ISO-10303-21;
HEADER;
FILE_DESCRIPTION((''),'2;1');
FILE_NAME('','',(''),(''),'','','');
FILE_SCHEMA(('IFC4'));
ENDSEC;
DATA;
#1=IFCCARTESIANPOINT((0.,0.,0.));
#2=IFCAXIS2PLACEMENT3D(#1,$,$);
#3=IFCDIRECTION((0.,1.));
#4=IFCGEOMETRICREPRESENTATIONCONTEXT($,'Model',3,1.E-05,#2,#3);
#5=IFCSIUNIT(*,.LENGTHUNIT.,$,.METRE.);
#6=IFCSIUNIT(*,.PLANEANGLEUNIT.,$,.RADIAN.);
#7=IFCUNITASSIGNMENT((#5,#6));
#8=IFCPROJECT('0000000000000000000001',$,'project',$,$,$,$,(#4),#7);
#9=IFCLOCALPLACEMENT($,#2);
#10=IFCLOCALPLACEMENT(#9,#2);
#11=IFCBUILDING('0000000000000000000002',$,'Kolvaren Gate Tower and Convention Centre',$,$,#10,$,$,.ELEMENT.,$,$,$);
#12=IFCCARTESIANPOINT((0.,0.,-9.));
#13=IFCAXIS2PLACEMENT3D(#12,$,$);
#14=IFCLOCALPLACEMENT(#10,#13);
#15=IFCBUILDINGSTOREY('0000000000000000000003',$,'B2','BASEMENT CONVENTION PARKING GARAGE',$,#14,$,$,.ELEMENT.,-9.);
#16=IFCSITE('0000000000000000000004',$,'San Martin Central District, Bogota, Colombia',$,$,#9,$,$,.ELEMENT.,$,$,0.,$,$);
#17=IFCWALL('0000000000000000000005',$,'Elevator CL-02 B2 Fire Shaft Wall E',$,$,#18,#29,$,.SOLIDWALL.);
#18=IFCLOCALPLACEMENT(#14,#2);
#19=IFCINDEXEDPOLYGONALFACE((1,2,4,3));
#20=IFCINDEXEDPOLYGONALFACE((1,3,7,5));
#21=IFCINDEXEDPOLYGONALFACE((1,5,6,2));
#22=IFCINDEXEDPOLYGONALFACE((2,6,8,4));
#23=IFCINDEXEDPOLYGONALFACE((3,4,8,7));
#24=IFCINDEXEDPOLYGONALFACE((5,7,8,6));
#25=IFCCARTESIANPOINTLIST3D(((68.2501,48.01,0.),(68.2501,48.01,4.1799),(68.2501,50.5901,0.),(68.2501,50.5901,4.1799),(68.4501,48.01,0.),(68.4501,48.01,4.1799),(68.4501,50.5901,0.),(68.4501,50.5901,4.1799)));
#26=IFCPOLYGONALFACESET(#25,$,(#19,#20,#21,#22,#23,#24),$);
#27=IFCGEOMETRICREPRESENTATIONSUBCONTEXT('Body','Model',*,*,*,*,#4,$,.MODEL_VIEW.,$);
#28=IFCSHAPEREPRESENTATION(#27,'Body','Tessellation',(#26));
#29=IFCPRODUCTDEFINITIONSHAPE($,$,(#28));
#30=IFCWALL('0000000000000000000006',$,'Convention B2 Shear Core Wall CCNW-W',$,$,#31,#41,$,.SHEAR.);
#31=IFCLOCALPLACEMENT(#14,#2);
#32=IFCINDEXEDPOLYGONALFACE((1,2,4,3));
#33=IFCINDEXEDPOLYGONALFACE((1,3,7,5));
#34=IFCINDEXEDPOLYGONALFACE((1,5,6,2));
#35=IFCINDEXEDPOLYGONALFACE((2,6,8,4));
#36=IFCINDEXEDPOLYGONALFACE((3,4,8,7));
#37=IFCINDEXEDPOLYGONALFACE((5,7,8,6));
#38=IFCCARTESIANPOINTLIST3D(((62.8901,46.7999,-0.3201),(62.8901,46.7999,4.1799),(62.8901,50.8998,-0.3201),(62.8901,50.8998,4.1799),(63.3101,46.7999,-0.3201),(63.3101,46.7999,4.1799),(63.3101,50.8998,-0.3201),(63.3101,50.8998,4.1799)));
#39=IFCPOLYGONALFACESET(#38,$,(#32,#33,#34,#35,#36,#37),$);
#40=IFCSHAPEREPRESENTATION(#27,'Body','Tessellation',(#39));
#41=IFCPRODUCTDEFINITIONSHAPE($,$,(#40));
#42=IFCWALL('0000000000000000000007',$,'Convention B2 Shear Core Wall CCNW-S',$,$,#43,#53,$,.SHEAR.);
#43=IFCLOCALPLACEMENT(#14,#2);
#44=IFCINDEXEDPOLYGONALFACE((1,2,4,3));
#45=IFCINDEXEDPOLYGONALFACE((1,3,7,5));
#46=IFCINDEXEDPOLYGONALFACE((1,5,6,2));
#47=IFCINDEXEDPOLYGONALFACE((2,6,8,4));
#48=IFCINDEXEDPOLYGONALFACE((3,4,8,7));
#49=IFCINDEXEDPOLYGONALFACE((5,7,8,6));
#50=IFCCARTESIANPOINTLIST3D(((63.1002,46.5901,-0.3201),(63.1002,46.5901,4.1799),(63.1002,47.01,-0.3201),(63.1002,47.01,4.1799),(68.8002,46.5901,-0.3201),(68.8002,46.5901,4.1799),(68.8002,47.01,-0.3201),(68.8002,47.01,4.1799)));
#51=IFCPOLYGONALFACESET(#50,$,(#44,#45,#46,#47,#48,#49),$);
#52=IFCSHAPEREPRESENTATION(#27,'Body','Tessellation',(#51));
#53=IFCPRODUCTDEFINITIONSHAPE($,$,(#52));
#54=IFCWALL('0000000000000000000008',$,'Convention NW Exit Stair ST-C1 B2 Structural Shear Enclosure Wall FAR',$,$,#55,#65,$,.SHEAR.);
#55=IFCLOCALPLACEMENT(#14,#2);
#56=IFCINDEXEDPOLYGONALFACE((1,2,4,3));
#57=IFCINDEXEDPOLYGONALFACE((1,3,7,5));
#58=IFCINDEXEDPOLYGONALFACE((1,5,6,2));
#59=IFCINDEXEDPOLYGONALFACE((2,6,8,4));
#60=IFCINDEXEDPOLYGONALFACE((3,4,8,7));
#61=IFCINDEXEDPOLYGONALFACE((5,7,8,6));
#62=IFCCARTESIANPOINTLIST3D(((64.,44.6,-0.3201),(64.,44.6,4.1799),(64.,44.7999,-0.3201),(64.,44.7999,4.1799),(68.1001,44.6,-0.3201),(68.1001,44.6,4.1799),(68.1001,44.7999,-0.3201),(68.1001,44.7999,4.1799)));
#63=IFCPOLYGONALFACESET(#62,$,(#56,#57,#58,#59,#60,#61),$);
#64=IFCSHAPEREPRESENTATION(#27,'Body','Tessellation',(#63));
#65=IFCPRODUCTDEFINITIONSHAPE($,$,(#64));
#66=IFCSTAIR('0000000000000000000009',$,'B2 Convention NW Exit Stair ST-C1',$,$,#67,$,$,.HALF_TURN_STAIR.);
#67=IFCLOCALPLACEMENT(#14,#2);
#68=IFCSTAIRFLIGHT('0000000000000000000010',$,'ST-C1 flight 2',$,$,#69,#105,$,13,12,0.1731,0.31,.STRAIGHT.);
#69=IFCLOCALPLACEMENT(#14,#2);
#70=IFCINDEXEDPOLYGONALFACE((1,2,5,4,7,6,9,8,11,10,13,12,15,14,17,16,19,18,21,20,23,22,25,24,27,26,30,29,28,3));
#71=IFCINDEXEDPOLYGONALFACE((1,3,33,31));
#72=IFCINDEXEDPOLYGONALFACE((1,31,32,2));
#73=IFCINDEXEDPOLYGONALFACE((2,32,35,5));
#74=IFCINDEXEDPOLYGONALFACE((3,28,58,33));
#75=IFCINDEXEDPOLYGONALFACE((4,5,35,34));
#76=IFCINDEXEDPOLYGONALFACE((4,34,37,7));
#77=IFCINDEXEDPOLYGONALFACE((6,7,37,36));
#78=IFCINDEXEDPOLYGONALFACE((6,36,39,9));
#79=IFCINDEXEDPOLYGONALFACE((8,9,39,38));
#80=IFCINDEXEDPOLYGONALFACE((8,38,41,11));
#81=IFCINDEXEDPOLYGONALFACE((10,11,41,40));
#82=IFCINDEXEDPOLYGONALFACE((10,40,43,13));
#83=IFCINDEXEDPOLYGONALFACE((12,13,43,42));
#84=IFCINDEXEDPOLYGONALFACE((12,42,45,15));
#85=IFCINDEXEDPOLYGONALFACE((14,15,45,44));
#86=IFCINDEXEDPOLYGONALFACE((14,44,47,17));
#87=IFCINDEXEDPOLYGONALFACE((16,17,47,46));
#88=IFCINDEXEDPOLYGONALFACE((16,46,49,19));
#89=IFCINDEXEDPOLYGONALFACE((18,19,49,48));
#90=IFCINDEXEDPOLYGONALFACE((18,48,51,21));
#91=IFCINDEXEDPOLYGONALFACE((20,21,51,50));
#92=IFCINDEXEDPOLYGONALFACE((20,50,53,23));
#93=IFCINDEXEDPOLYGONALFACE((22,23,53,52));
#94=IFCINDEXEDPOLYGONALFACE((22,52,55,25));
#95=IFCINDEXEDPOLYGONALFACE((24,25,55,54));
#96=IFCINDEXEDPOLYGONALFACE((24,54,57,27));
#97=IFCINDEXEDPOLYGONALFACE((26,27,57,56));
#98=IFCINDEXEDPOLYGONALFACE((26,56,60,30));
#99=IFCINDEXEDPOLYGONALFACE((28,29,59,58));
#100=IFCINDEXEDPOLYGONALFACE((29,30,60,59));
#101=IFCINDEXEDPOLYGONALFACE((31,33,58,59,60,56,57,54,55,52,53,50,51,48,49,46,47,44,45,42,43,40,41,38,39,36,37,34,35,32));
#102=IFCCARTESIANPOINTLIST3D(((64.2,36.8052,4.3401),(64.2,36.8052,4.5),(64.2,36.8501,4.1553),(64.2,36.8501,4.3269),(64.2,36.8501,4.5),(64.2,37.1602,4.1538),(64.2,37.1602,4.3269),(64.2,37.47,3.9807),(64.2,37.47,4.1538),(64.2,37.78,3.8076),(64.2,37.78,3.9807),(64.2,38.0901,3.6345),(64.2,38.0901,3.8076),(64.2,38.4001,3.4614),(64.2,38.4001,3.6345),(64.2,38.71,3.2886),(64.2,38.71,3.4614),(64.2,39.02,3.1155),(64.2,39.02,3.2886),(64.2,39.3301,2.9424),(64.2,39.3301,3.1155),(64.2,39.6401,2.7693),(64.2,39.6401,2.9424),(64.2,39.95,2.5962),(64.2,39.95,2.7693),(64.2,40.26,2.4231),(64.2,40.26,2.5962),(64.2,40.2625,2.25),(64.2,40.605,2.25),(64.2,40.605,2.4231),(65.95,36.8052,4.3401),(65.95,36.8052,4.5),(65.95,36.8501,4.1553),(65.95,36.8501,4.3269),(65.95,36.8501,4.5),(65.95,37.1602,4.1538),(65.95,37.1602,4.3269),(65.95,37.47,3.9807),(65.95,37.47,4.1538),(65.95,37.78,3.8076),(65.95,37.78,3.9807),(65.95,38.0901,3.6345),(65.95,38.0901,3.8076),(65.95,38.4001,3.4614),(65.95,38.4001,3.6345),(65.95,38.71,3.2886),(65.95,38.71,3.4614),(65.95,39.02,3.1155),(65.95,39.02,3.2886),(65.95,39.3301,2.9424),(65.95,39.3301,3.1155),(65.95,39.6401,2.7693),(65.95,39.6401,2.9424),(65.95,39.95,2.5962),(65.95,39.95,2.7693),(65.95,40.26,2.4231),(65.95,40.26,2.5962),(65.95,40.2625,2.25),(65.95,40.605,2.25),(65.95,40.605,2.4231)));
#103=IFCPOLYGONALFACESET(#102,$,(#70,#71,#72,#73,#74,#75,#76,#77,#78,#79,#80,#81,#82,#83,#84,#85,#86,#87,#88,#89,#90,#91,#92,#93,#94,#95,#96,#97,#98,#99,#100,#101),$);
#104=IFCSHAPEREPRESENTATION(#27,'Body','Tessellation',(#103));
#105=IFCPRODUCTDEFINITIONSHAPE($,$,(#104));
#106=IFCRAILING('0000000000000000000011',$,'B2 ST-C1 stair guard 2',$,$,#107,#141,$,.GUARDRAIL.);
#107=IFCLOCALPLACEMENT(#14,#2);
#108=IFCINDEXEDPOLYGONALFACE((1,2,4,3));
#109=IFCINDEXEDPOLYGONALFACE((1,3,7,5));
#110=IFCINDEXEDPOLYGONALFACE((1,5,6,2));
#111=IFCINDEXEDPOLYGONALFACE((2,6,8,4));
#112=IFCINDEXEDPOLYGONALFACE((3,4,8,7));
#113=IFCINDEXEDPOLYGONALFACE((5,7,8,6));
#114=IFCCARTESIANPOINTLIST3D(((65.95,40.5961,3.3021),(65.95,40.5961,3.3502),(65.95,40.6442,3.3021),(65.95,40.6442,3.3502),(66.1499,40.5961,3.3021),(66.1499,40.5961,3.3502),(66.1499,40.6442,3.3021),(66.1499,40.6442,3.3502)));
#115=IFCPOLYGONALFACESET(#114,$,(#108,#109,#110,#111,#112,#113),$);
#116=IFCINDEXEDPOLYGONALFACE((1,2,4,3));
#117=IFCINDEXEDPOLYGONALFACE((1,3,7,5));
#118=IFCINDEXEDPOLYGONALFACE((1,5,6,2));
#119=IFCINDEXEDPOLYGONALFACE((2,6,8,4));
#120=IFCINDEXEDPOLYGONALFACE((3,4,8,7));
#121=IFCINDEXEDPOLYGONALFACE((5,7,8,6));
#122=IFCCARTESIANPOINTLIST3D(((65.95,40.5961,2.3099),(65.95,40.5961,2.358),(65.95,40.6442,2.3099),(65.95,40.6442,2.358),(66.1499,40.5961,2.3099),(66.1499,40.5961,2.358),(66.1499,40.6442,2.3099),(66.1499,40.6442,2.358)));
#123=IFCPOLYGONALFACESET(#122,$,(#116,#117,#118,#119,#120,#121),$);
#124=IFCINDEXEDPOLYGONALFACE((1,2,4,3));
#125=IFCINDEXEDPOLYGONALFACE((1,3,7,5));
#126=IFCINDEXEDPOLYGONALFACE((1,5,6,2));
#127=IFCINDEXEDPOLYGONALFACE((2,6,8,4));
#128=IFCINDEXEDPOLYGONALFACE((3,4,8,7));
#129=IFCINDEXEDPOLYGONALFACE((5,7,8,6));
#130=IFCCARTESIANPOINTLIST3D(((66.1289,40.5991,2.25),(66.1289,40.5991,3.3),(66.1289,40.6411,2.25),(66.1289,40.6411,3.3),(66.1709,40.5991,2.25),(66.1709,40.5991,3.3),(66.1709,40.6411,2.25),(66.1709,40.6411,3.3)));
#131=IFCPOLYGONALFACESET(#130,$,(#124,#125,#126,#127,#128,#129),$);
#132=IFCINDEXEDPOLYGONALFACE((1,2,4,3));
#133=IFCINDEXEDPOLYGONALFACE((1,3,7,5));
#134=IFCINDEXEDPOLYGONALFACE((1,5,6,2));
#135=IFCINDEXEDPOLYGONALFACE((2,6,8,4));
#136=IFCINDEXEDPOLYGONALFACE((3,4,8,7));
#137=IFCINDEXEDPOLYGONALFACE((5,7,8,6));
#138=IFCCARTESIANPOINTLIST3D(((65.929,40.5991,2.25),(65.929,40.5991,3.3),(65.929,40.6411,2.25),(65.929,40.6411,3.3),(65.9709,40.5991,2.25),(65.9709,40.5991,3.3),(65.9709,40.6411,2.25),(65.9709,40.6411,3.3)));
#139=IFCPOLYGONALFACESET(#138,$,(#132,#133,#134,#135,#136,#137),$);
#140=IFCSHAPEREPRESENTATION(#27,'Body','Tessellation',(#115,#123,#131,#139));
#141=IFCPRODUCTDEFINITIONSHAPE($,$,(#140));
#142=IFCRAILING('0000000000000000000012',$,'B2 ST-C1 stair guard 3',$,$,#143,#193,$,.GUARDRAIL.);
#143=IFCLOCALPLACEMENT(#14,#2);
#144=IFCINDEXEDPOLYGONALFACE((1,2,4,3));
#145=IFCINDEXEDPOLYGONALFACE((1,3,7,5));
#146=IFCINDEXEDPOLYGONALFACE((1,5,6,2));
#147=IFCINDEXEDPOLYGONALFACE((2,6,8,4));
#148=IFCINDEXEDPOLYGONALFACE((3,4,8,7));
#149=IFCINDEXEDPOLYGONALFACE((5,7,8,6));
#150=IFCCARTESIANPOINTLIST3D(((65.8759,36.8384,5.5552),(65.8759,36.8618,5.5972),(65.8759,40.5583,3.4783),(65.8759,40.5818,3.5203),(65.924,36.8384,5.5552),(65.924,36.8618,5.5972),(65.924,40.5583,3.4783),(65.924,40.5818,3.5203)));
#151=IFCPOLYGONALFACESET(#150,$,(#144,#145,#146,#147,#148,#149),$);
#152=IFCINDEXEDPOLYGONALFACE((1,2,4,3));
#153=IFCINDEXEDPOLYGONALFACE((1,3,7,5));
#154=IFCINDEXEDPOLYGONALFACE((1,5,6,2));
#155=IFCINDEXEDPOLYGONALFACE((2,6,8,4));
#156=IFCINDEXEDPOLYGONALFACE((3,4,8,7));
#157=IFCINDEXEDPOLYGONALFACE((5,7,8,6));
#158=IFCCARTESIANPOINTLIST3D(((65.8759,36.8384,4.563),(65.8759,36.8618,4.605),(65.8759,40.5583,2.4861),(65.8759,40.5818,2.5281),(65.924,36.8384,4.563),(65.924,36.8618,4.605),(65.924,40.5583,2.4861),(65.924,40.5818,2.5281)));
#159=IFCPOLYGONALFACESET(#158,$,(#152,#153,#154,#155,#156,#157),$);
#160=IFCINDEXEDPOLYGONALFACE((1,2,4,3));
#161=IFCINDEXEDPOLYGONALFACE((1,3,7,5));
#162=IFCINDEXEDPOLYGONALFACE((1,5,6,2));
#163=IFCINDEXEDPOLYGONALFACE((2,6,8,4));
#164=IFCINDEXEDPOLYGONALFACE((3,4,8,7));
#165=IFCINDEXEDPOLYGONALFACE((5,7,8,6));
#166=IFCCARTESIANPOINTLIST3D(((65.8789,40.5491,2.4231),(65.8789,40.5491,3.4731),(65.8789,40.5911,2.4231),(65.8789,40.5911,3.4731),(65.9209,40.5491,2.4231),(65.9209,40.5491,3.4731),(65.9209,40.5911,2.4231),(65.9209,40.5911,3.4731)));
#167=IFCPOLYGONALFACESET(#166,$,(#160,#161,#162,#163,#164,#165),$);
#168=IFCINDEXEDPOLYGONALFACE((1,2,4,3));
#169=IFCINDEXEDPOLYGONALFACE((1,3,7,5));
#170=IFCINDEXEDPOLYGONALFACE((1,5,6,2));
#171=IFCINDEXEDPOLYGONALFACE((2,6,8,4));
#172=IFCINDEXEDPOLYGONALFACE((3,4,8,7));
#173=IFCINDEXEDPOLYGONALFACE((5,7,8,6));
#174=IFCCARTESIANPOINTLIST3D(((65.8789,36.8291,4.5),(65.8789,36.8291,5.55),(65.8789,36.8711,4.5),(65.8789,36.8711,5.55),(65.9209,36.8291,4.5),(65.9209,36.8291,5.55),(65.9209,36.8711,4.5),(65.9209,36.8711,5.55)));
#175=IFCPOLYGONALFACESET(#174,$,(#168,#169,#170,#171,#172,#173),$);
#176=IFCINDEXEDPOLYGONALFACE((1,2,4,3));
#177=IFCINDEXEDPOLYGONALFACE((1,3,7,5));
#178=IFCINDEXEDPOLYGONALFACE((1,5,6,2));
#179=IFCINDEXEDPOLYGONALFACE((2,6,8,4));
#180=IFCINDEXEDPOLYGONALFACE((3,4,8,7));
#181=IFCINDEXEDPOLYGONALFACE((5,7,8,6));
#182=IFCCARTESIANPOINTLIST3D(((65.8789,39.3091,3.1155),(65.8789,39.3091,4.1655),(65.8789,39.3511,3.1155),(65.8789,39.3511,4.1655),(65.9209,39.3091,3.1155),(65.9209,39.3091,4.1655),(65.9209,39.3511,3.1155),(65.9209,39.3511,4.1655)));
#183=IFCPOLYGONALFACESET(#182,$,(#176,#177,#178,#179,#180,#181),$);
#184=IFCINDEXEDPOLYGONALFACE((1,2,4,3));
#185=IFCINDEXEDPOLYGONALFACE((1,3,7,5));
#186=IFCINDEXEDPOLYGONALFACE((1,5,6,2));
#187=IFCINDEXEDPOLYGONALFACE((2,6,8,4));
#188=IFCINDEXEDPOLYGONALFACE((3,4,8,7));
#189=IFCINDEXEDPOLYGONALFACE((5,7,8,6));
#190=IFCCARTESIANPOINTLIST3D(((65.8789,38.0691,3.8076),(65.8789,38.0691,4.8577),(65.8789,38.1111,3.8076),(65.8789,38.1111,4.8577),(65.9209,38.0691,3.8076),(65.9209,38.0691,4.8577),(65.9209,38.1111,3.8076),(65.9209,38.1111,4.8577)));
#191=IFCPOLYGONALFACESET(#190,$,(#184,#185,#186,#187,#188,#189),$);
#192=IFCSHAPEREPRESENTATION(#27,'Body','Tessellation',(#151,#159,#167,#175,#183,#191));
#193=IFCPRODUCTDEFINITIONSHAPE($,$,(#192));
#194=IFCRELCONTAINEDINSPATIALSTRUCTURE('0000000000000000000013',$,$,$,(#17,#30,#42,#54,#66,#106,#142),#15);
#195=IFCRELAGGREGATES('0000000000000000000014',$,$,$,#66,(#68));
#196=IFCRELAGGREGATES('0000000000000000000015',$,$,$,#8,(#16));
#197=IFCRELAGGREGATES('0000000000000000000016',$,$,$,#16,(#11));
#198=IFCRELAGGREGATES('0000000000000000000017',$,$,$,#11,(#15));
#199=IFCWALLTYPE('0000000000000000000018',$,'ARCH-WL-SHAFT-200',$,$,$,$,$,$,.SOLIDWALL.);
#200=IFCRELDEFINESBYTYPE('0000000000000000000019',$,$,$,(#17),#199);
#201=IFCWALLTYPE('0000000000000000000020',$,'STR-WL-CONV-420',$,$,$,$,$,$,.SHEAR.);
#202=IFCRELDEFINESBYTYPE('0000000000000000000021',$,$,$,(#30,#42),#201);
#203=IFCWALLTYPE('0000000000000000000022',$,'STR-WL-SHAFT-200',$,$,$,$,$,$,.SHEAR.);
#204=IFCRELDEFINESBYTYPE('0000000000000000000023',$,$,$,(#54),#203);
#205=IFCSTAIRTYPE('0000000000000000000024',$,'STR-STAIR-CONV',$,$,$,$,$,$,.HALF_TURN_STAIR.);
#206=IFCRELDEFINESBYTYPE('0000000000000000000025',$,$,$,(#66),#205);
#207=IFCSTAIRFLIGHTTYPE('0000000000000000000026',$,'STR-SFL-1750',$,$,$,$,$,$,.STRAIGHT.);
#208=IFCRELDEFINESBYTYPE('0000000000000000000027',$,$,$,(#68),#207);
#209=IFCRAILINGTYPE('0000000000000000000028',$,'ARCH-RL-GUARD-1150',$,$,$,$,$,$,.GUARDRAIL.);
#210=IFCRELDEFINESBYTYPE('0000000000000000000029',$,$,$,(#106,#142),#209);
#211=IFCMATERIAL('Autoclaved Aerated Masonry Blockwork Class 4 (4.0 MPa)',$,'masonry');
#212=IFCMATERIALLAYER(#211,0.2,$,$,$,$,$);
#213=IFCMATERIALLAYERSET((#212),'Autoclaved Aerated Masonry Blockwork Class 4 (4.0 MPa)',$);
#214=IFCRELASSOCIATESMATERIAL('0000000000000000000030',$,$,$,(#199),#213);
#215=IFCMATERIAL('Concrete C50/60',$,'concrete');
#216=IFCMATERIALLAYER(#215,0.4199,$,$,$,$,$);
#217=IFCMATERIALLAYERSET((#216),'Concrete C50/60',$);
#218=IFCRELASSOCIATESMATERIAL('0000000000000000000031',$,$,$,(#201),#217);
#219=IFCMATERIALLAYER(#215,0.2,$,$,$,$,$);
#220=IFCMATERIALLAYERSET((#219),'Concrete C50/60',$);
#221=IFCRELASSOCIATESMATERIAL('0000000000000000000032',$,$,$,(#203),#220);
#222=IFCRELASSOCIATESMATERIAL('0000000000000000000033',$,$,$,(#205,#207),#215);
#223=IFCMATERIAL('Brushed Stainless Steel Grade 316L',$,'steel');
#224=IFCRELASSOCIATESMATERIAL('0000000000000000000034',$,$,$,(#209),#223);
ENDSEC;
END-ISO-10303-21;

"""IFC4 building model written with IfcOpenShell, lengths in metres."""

from ifc_helpers import new_model, si_unit, direction, frame, frame_2d, origin, origin_2d, place, context, subcontext, project, spatial, polyline, rectangle, outline, extrude, material, layer, layer_set, type_object, element, aggregate, save


model = new_model("IFC4")

# Units and contexts
model_context = context("Model", 3, precision=1e-05, world=origin(), true_north=direction((0.0, 1.0)))
body_context = subcontext(model_context, "Body", "Model", "MODEL_VIEW")
ifc_project = project(units=[si_unit("LENGTHUNIT", "METRE"), si_unit("PLANEANGLEUNIT", "RADIAN")], contexts=[model_context])

# Site, building, storey
site_placement = place(None, origin())
site = spatial("IfcSite", under=ifc_project, at=site_placement, Name="San Martin Central District, Bogota, Colombia", CompositionType="ELEMENT", RefElevation=0.0)
building_placement = place(site_placement, origin())
building = spatial("IfcBuilding", under=site, at=building_placement, Name="Kolvaren Gate Tower and Convention Centre", CompositionType="ELEMENT")
storey_placement = place(building_placement, frame((0.0, 0.0, -9.0)))
storey = spatial("IfcBuildingStorey", under=building, at=storey_placement, Name="B2", Description="BASEMENT CONVENTION PARKING GARAGE", CompositionType="ELEMENT", Elevation=-9.0)

# Shared definitions
ifc_material_1 = material(Name="Autoclaved Aerated Masonry Blockwork Class 4 (4.0 MPa)", Category="masonry")
ifc_layer_1 = layer(ifc_material_1, 0.2)
ifc_layer_set_1 = layer_set([ifc_layer_1], Name="Autoclaved Aerated Masonry Blockwork Class 4 (4.0 MPa)")
wall_type_1 = type_object("IfcWallType", Name="ARCH-WL-SHAFT-200", PredefinedType="SOLIDWALL", material=ifc_layer_set_1)

# Shared definitions
ifc_material_2 = material(Name="Brushed Stainless Steel Grade 316L", Category="steel")

# Walls
wall_1_placement = place(storey_placement, frame((68.3501, 48.01, 0.0), z_axis=(0.0, 0.0, 1.0), x_axis=(0.0, 1.0, 0.0)))
element("IfcWall", 1, at=wall_1_placement, inside=storey, type_object=wall_type_1, Name="Elevator CL-02 B2 Fire Shaft Wall E", PredefinedType="SOLIDWALL", context=body_context, shape_type="SweptSolid", body=[
    extrude(rectangle(XDim=2.5801, YDim=0.2, at=frame_2d((1.29, 0.0))), origin(), (0.0, 0.0, 1.0), 4.1799),
])
ifc_material_3 = material(Name="Concrete C50/60", Category="concrete")
ifc_layer_2 = layer(ifc_material_3, 0.4199)
ifc_layer_set_2 = layer_set([ifc_layer_2], Name="Concrete C50/60")
wall_type_2 = type_object("IfcWallType", Name="STR-WL-CONV-420", PredefinedType="SHEAR", material=ifc_layer_set_2)
wall_2_placement = place(storey_placement, frame((63.1001, 46.8, -0.3201), z_axis=(0.0, 0.0, 1.0), x_axis=(0.0, 1.0, 0.0)))
element("IfcWall", 2, at=wall_2_placement, inside=storey, type_object=wall_type_2, Name="Convention B2 Shear Core Wall CCNW-W", PredefinedType="SHEAR", context=body_context, shape_type="SweptSolid", body=[
    extrude(rectangle(XDim=4.0999, YDim=0.4199, at=frame_2d((2.0498, 0.0))), origin(), (0.0, 0.0, 1.0), 4.5),
])
wall_3_placement = place(storey_placement, frame((63.1001, 46.8, -0.3201), z_axis=(0.0, 0.0, 1.0), x_axis=(1.0, 0.0, 0.0)))
element("IfcWall", 3, at=wall_3_placement, inside=storey, type_object=wall_type_2, Name="Convention B2 Shear Core Wall CCNW-S", PredefinedType="SHEAR", context=body_context, shape_type="SweptSolid", body=[
    extrude(rectangle(XDim=5.7, YDim=0.4199, at=frame_2d((2.8501, 0.0))), origin(), (0.0, 0.0, 1.0), 4.5),
])
ifc_layer_3 = layer(ifc_material_3, 0.2)
ifc_layer_set_3 = layer_set([ifc_layer_3], Name="Concrete C50/60")
wall_type_3 = type_object("IfcWallType", Name="STR-WL-SHAFT-200", PredefinedType="SHEAR", material=ifc_layer_set_3)
wall_4_placement = place(storey_placement, frame((64.0, 44.7, -0.3201), z_axis=(0.0, 0.0, 1.0), x_axis=(1.0, 0.0, 0.0)))
element("IfcWall", 4, at=wall_4_placement, inside=storey, type_object=wall_type_3, Name="Convention NW Exit Stair ST-C1 B2 Structural Shear Enclosure Wall FAR", PredefinedType="SHEAR", context=body_context, shape_type="SweptSolid", body=[
    extrude(rectangle(XDim=4.1001, YDim=0.2, at=frame_2d((2.05, 0.0))), origin(), (0.0, 0.0, 1.0), 4.5),
])

# Stair, stair flight
stair_type = type_object("IfcStairType", Name="STR-STAIR-CONV", PredefinedType="HALF_TURN_STAIR", material=ifc_material_3)
stair_placement = place(storey_placement, origin())
stair = element("IfcStair", 5, at=stair_placement, inside=storey, type_object=stair_type, Name="B2 Convention NW Exit Stair ST-C1", PredefinedType="HALF_TURN_STAIR")
stair_flight_type = type_object("IfcStairFlightType", Name="STR-SFL-1750", PredefinedType="STRAIGHT", material=ifc_material_3)
stair_flight_placement = place(storey_placement, frame((65.075, 40.5701, 2.25), z_axis=(0.0, 0.0, 1.0), x_axis=(0.0, -1.0, 0.0)))
stair_flight = element("IfcStairFlight", 6, at=stair_flight_placement, type_object=stair_flight_type, Name="ST-C1 flight 2", NumberOfRisers=13, NumberOfTreads=12, PredefinedType="STRAIGHT", RiserHeight=0.1731, TreadLength=0.31, context=body_context, shape_type="SweptSolid", body=[
    extrude(outline(polyline([(-0.0349, 0.0), (-0.0349, 0.1731), (0.3101, 0.1731), (0.3101, 0.3462), (0.6201, 0.3462), (0.6201, 0.5193), (0.9299, 0.5193), (0.9299, 0.6924), (1.24, 0.6924), (1.24, 0.8655), (1.55, 0.8655), (1.55, 1.0386), (1.8601, 1.0386), (1.8601, 1.2114), (2.1699, 1.2114), (2.1699, 1.3845), (2.48, 1.3845), (2.48, 1.5576), (2.79, 1.5576), (2.79, 1.7307), (3.1001, 1.7307), (3.1001, 1.9038), (3.4099, 1.9038), (3.4099, 2.0769), (3.72, 2.0769), (3.72, 2.25), (3.7649, 2.25), (3.7649, 2.0901), (3.72, 1.9053), (0.3076, 0.0), (-0.0349, 0.0)])), frame((0.0, 0.875, 0.0), z_axis=(0.0, -1.0, 0.0), x_axis=(1.0, 0.0, 0.0)), (0.0, 0.0, 1.0), 1.75),
])
aggregate(stair, [stair_flight])

# Railings
railing_type = type_object("IfcRailingType", Name="ARCH-RL-GUARD-1150", PredefinedType="GUARDRAIL", material=ifc_material_2)
railing_1_placement = place(storey_placement, frame((66.1499, 40.6201, 2.25)))
element("IfcRailing", 7, at=railing_1_placement, inside=storey, type_object=railing_type, Name="B2 ST-C1 stair guard 2", PredefinedType="GUARDRAIL", context=body_context, shape_type="SweptSolid", body=[
    extrude(rectangle(XDim=0.0481, YDim=0.0481, at=origin_2d()), frame((0.0, 0.0, 1.0762), z_axis=(-1.0, 0.0, 0.0), x_axis=(0.0, -1.0, 0.0)), (0.0, 0.0, 1.0), 0.2),
    extrude(rectangle(XDim=0.0481, YDim=0.0481, at=origin_2d()), frame((0.0, 0.0, 0.084), z_axis=(-1.0, 0.0, 0.0), x_axis=(0.0, -1.0, 0.0)), (0.0, 0.0, 1.0), 0.2),
    extrude(rectangle(XDim=0.042, YDim=0.042, at=origin_2d()), origin(), (0.0, 0.0, 1.0), 1.05),
    extrude(rectangle(XDim=0.042, YDim=0.042, at=origin_2d()), frame((-0.2, 0.0, 0.0)), (0.0, 0.0, 1.0), 1.05),
])
railing_2_placement = place(storey_placement, frame((65.8999, 40.5701, 2.4231)))
element("IfcRailing", 8, at=railing_2_placement, inside=storey, type_object=railing_type, Name="B2 ST-C1 stair guard 3", PredefinedType="GUARDRAIL", context=body_context, shape_type="SweptSolid", body=[
    extrude(rectangle(XDim=0.0481, YDim=0.0481, at=origin_2d()), frame((0.0, 0.0, 1.0762), z_axis=(0.0, -0.873134, 0.487481), x_axis=(1.0, 0.0, 0.0)), (0.0, 0.0, 1.0), 4.2605),
    extrude(rectangle(XDim=0.0481, YDim=0.0481, at=origin_2d()), frame((0.0, 0.0, 0.084), z_axis=(0.0, -0.873134, 0.487481), x_axis=(1.0, 0.0, 0.0)), (0.0, 0.0, 1.0), 4.2605),
    extrude(rectangle(XDim=0.042, YDim=0.042, at=origin_2d()), origin(), (0.0, 0.0, 1.0), 1.05),
    extrude(rectangle(XDim=0.042, YDim=0.042, at=origin_2d()), frame((0.0, -3.72, 2.0769)), (0.0, 0.0, 1.0), 1.05),
    extrude(rectangle(XDim=0.042, YDim=0.042, at=origin_2d()), frame((0.0, -1.24, 0.6924)), (0.0, 0.0, 1.0), 1.05),
    extrude(rectangle(XDim=0.042, YDim=0.042, at=origin_2d()), frame((0.0, -2.48, 1.3845)), (0.0, 0.0, 1.0), 1.05),
])

save(model, "model.ifc")
